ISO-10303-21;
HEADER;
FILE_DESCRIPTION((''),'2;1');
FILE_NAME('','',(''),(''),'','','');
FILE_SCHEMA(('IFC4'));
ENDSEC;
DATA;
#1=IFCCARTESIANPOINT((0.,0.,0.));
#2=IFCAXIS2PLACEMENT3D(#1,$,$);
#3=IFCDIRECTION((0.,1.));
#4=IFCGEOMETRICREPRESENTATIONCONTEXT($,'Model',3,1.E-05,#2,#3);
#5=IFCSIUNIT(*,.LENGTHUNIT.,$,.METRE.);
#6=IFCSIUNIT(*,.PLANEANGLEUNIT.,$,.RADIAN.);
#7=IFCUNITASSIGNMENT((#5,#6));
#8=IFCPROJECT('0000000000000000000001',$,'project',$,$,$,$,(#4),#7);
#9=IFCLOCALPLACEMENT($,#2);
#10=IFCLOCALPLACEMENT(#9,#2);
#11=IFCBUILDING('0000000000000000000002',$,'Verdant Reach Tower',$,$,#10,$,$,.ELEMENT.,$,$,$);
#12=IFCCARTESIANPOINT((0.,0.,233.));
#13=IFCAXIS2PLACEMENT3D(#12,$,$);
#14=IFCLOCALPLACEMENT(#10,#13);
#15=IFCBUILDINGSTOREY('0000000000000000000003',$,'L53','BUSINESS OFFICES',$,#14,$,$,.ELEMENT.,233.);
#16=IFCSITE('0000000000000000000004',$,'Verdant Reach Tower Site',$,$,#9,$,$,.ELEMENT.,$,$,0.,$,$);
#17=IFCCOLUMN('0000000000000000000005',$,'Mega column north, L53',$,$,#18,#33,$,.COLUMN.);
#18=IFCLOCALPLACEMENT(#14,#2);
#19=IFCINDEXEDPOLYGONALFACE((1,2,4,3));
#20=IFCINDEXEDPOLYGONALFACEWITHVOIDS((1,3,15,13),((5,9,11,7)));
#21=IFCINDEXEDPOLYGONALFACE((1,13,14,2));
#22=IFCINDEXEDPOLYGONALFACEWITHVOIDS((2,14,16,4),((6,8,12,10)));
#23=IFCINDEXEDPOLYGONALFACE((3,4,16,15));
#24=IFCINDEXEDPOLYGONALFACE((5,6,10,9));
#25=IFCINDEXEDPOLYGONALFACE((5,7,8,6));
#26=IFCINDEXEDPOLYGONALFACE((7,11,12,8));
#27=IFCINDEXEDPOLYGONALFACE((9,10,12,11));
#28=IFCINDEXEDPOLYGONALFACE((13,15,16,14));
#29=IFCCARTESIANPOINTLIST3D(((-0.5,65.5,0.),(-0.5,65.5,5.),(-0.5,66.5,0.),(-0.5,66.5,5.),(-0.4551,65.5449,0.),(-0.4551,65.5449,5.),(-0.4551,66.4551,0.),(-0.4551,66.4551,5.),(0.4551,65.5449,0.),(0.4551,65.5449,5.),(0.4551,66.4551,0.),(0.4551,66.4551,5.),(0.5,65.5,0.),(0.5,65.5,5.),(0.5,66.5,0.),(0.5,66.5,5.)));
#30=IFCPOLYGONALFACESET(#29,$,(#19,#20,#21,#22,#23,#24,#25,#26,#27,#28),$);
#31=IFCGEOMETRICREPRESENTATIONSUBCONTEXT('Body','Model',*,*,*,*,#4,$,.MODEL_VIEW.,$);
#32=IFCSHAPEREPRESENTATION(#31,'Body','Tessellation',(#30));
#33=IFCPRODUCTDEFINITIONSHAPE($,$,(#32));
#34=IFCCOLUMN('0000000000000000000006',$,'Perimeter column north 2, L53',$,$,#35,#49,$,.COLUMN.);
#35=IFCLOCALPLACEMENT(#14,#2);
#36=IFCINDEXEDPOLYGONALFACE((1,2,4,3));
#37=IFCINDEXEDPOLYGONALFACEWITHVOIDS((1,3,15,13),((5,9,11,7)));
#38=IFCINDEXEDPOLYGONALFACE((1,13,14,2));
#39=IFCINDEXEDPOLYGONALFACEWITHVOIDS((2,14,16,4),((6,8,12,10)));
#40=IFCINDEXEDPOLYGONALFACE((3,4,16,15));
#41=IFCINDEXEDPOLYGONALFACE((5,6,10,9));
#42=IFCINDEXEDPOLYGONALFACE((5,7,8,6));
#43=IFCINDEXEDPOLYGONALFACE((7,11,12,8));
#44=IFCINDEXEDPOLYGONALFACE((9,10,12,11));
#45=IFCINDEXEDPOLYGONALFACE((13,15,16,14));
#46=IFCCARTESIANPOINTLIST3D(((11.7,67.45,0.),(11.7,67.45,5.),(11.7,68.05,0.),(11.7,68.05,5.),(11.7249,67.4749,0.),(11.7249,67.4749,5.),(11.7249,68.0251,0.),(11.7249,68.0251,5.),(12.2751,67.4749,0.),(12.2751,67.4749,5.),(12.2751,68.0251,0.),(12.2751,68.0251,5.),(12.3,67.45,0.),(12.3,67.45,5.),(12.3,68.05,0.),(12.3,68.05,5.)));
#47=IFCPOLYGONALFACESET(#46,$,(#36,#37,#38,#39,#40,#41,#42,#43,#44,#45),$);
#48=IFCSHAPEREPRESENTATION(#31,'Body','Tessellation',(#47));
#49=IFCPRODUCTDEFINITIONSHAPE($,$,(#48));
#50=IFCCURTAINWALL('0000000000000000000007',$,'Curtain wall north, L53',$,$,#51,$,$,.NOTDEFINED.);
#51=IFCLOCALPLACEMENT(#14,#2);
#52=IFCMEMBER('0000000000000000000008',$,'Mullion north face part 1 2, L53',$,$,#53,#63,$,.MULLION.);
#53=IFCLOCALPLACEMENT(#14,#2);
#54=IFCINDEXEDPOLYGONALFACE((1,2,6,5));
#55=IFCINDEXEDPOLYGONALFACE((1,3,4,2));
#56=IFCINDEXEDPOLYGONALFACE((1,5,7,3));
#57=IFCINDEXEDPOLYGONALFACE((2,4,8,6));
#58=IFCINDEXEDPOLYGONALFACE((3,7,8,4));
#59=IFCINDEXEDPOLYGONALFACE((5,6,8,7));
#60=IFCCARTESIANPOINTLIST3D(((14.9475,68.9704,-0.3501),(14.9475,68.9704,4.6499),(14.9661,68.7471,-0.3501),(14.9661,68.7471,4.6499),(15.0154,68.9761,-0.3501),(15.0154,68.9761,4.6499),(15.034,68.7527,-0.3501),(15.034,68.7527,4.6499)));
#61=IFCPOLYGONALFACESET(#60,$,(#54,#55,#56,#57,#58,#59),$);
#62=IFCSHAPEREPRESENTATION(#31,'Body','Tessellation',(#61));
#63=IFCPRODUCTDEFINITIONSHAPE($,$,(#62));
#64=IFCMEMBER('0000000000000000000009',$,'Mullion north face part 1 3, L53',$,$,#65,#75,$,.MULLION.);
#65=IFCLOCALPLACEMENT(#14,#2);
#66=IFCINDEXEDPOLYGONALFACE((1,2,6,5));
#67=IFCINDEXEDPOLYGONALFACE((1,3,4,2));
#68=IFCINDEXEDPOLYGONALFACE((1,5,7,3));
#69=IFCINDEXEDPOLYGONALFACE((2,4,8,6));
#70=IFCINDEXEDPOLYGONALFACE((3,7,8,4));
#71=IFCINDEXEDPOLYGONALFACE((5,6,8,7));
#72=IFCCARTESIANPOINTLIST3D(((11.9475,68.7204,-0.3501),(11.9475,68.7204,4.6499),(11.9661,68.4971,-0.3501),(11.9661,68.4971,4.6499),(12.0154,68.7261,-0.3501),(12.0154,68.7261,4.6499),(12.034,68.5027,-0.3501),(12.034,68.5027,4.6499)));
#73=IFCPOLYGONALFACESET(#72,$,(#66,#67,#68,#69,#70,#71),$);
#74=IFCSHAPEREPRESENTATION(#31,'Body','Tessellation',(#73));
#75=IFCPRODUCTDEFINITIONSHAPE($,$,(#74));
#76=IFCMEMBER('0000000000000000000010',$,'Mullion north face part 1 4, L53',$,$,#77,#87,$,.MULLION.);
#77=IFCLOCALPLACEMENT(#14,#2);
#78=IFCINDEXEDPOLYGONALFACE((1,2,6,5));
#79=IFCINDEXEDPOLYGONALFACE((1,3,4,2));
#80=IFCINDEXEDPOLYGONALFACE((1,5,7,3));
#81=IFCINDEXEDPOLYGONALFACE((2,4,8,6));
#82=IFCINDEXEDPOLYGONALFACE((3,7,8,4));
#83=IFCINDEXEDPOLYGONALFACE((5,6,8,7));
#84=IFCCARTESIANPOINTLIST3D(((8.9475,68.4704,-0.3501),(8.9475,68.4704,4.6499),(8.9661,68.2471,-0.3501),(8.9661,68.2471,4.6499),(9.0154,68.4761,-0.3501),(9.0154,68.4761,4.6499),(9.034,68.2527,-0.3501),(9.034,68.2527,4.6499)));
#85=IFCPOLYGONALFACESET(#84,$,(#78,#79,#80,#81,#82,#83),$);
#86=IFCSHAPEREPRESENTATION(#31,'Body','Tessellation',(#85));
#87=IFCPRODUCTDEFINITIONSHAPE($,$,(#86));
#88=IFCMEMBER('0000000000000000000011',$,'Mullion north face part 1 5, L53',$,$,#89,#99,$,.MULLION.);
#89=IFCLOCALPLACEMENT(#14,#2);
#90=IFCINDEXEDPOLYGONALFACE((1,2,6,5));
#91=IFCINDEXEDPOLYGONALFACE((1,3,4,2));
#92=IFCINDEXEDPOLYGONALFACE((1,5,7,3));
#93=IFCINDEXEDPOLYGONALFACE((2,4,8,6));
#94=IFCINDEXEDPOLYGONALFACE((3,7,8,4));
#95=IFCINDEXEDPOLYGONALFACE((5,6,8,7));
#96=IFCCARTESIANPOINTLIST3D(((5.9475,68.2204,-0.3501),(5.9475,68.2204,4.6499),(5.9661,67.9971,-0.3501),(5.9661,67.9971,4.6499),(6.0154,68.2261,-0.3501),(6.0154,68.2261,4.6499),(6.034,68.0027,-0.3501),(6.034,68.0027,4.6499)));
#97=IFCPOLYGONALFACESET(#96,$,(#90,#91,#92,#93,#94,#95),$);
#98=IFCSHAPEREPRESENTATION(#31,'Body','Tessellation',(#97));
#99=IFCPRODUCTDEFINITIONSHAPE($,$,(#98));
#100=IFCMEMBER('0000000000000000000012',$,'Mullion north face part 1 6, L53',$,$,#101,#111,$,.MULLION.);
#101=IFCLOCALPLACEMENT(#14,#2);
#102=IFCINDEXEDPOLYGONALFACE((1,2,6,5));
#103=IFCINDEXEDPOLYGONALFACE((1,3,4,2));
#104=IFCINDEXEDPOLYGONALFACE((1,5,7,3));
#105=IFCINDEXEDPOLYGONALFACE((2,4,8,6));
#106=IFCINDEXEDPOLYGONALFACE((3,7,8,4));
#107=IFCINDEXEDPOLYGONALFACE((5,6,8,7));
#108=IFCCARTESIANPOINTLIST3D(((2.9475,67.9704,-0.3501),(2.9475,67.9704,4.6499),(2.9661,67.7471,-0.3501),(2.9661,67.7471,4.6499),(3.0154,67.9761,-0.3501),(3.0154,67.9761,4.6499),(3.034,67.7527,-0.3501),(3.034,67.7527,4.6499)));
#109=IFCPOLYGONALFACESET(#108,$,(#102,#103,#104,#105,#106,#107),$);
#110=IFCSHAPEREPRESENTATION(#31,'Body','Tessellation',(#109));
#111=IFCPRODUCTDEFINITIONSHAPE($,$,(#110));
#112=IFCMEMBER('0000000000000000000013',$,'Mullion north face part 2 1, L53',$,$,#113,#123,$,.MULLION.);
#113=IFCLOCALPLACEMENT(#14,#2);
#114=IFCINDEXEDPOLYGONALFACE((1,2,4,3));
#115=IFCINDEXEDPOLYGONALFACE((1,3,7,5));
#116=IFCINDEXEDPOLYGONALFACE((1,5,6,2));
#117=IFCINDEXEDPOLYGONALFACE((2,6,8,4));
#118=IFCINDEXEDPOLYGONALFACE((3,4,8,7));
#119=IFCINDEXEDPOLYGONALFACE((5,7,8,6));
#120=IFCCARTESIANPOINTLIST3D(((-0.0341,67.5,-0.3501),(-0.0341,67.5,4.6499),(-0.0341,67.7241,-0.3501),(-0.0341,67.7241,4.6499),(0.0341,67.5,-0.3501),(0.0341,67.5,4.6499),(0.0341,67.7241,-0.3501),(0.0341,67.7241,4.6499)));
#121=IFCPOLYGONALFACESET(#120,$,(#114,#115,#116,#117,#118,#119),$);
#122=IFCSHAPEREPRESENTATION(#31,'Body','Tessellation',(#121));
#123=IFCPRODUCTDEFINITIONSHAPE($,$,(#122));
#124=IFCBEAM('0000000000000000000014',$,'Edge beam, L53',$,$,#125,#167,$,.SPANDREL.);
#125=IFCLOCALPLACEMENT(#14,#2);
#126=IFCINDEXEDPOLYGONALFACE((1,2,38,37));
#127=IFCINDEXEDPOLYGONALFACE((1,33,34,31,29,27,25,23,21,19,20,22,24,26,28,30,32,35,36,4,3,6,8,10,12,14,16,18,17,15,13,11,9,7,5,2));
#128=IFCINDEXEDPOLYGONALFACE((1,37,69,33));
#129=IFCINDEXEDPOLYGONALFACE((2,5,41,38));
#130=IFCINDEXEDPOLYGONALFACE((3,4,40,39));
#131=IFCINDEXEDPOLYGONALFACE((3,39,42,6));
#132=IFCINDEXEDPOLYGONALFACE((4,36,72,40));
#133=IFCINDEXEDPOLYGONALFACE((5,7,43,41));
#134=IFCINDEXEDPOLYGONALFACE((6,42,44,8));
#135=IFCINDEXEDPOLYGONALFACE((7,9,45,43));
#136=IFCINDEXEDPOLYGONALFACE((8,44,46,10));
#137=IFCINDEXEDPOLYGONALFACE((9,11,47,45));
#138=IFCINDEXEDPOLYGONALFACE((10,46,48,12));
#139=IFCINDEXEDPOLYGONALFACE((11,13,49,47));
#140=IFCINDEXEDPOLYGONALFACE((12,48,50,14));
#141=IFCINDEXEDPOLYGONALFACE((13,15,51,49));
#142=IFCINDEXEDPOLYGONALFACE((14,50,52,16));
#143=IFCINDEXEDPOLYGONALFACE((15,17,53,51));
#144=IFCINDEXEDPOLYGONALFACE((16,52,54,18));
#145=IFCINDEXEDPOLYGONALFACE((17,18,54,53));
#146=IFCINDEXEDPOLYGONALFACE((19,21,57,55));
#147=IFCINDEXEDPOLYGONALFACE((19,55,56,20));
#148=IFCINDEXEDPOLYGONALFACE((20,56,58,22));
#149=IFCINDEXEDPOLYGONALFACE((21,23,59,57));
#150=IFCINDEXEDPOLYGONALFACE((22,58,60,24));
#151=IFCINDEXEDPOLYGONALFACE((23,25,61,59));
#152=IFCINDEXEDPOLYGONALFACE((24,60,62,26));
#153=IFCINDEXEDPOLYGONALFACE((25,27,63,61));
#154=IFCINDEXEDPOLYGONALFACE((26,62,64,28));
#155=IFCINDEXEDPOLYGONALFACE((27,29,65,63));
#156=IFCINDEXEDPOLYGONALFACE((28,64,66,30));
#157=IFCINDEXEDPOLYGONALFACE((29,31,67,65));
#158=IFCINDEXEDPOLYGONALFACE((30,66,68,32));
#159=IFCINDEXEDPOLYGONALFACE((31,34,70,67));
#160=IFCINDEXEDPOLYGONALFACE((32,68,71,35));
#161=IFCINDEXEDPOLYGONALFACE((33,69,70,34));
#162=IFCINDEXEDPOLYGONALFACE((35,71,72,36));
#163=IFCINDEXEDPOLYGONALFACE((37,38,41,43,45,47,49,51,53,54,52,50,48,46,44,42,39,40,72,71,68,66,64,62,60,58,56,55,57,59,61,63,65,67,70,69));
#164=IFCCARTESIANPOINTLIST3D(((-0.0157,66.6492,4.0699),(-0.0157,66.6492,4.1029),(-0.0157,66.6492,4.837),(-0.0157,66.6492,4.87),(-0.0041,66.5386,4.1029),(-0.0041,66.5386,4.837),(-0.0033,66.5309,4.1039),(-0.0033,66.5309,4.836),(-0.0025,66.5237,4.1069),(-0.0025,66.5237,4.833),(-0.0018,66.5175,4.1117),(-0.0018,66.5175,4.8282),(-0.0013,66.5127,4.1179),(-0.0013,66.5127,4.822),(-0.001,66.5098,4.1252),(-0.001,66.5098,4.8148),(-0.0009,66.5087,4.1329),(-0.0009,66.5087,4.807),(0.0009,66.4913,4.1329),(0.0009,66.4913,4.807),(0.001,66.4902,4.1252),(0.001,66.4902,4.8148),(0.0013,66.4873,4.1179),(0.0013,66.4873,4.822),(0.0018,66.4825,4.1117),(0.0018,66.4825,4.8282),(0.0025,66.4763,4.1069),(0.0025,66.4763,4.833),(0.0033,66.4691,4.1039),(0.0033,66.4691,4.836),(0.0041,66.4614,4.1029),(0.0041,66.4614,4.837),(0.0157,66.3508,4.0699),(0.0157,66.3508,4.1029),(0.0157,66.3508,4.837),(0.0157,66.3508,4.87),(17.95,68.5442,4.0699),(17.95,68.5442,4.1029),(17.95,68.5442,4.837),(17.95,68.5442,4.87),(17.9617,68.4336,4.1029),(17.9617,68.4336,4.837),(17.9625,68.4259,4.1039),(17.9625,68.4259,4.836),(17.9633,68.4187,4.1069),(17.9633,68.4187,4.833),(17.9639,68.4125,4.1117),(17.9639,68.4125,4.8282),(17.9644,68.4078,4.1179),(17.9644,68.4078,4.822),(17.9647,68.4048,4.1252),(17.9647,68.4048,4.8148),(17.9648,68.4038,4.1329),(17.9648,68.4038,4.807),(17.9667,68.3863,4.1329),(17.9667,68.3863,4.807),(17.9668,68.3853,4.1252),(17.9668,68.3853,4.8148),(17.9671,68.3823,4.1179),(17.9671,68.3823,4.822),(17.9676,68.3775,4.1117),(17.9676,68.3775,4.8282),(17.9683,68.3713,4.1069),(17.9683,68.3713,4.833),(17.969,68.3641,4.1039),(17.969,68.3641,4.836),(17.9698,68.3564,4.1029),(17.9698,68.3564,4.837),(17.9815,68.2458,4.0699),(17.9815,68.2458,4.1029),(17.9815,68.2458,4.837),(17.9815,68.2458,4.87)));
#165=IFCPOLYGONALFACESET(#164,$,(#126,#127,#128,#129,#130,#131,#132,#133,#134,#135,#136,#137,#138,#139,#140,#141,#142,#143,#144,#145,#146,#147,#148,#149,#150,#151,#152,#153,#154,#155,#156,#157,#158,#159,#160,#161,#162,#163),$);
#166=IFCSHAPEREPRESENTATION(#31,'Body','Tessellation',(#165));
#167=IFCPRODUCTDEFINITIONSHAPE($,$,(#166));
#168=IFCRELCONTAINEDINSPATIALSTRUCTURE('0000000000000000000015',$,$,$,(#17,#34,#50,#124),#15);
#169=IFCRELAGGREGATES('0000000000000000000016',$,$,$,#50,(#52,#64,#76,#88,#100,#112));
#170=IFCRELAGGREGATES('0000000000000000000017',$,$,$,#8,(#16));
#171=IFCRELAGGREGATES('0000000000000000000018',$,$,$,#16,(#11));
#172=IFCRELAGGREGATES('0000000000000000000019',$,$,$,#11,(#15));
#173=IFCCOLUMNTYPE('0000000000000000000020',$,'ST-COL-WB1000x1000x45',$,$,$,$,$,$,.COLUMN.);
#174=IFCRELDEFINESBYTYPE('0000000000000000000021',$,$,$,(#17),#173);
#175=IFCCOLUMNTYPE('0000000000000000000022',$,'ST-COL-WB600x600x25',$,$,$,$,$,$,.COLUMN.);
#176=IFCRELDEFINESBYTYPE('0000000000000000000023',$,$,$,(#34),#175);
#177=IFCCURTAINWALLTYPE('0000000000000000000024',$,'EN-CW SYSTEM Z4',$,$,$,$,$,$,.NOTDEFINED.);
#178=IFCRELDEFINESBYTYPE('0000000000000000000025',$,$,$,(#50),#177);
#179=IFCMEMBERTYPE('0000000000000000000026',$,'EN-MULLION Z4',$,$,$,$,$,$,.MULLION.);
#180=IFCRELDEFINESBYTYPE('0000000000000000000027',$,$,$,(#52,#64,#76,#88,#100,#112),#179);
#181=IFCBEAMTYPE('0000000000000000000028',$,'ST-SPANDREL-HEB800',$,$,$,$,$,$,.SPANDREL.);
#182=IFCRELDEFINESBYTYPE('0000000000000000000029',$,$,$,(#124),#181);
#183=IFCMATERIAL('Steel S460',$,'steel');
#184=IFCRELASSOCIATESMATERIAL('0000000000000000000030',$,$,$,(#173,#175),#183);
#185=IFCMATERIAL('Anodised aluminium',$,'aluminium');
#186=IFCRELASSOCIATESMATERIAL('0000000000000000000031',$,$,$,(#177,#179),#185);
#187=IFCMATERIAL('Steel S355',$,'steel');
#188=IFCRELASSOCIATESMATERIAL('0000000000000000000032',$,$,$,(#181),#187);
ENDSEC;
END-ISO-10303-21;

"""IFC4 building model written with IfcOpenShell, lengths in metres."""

from ifc_helpers import new_model, si_unit, direction, frame, origin, origin_2d, place, context, subcontext, project, spatial, rectangle, hollow_rectangle, i_section, extrude, material, material_profile, profile_set, type_object, element, aggregate, save


model = new_model("IFC4")

# Units and contexts
model_context = context("Model", 3, precision=1e-05, world=origin(), true_north=direction((0.0, 1.0)))
body_context = subcontext(model_context, "Body", "Model", "MODEL_VIEW")
ifc_project = project(units=[si_unit("LENGTHUNIT", "METRE"), si_unit("PLANEANGLEUNIT", "RADIAN")], contexts=[model_context])

# Site, building, storey
site_placement = place(None, origin())
site = spatial("IfcSite", under=ifc_project, at=site_placement, Name="Verdant Reach Tower Site", CompositionType="ELEMENT", RefElevation=0.0)
building_placement = place(site_placement, origin())
building = spatial("IfcBuilding", under=site, at=building_placement, Name="Verdant Reach Tower", CompositionType="ELEMENT")
storey_placement = place(building_placement, frame((0.0, 0.0, 233.0)))
storey = spatial("IfcBuildingStorey", under=building, at=storey_placement, Name="L53", Description="BUSINESS OFFICES", CompositionType="ELEMENT", Elevation=233.0)

# Columns
ifc_material_1 = material(Name="Steel S460", Category="steel")
ifc_material_profile_1 = material_profile(ifc_material_1, hollow_rectangle(XDim=1.0, YDim=1.0, WallThickness=0.0449, at=origin_2d()), Name="WB 1000x1000x45")
ifc_profile_set_1 = profile_set([ifc_material_profile_1], Name="Steel S460")
column_type_1 = type_object("IfcColumnType", Name="ST-COL-WB1000x1000x45", PredefinedType="COLUMN", material=ifc_profile_set_1)
column_1_placement = place(storey_placement, frame((0.0, 66.0, 0.0), z_axis=(0.0, 0.0, 1.0), x_axis=(1.0, 0.0, 0.0)))
element("IfcColumn", 1, at=column_1_placement, inside=storey, type_object=column_type_1, Name="Mega column north, L53", PredefinedType="COLUMN", context=body_context, shape_type="SweptSolid", body=[
    extrude(hollow_rectangle(XDim=1.0, YDim=1.0, WallThickness=0.0449, at=origin_2d()), origin(), (0.0, 0.0, 1.0), 5.0),
])
ifc_material_profile_2 = material_profile(ifc_material_1, hollow_rectangle(XDim=0.6001, YDim=0.6001, WallThickness=0.0249, at=origin_2d()), Name="WB 600x600x25")
ifc_profile_set_2 = profile_set([ifc_material_profile_2], Name="Steel S460")
column_type_2 = type_object("IfcColumnType", Name="ST-COL-WB600x600x25", PredefinedType="COLUMN", material=ifc_profile_set_2)
column_2_placement = place(storey_placement, frame((12.0, 67.75, 0.0), z_axis=(0.0, 0.0, 1.0), x_axis=(1.0, 0.0, 0.0)))
element("IfcColumn", 2, at=column_2_placement, inside=storey, type_object=column_type_2, Name="Perimeter column north 2, L53", PredefinedType="COLUMN", context=body_context, shape_type="SweptSolid", body=[
    extrude(hollow_rectangle(XDim=0.6001, YDim=0.6001, WallThickness=0.0249, at=origin_2d()), origin(), (0.0, 0.0, 1.0), 5.0),
])

# Curtain wall, members
ifc_material_2 = material(Name="Anodised aluminium", Category="aluminium")
curtain_wall_type = type_object("IfcCurtainWallType", Name="EN-CW SYSTEM Z4", PredefinedType="NOTDEFINED", material=ifc_material_2)
curtain_wall_placement = place(storey_placement, origin())
curtain_wall = element("IfcCurtainWall", 3, at=curtain_wall_placement, inside=storey, type_object=curtain_wall_type, Name="Curtain wall north, L53", PredefinedType="NOTDEFINED")
ifc_material_profile_3 = material_profile(ifc_material_2, rectangle(XDim=0.2241, YDim=0.0681, at=origin_2d()), Name="Mullion 68x224")
ifc_profile_set_3 = profile_set([ifc_material_profile_3], Name="Anodised aluminium")
member_type = type_object("IfcMemberType", Name="EN-MULLION Z4", PredefinedType="MULLION", material=ifc_profile_set_3)
member_1_placement = place(storey_placement, frame((14.9907, 68.8616, -0.3501), z_axis=(0.0, 0.0, 1.0), x_axis=(-0.083045, 0.996546, 0.0)))
member_1 = element("IfcMember", 4, at=member_1_placement, type_object=member_type, Name="Mullion north face part 1 2, L53", PredefinedType="MULLION", context=body_context, shape_type="SweptSolid", body=[
    extrude(rectangle(XDim=0.2241, YDim=0.0681, at=origin_2d()), origin(), (0.0, 0.0, 1.0), 5.0),
])
member_2_placement = place(storey_placement, frame((11.9907, 68.6116, -0.3501), z_axis=(0.0, 0.0, 1.0), x_axis=(-0.083045, 0.996546, 0.0)))
member_2 = element("IfcMember", 5, at=member_2_placement, type_object=member_type, Name="Mullion north face part 1 3, L53", PredefinedType="MULLION", context=body_context, shape_type="SweptSolid", body=[
    extrude(rectangle(XDim=0.2241, YDim=0.0681, at=origin_2d()), origin(), (0.0, 0.0, 1.0), 5.0),
])
member_3_placement = place(storey_placement, frame((8.9907, 68.3616, -0.3501), z_axis=(0.0, 0.0, 1.0), x_axis=(-0.083045, 0.996546, 0.0)))
member_3 = element("IfcMember", 6, at=member_3_placement, type_object=member_type, Name="Mullion north face part 1 4, L53", PredefinedType="MULLION", context=body_context, shape_type="SweptSolid", body=[
    extrude(rectangle(XDim=0.2241, YDim=0.0681, at=origin_2d()), origin(), (0.0, 0.0, 1.0), 5.0),
])
member_4_placement = place(storey_placement, frame((5.9907, 68.1116, -0.3501), z_axis=(0.0, 0.0, 1.0), x_axis=(-0.083045, 0.996546, 0.0)))
member_4 = element("IfcMember", 7, at=member_4_placement, type_object=member_type, Name="Mullion north face part 1 5, L53", PredefinedType="MULLION", context=body_context, shape_type="SweptSolid", body=[
    extrude(rectangle(XDim=0.2241, YDim=0.0681, at=origin_2d()), origin(), (0.0, 0.0, 1.0), 5.0),
])
member_5_placement = place(storey_placement, frame((2.9907, 67.8616, -0.3501), z_axis=(0.0, 0.0, 1.0), x_axis=(-0.083045, 0.996546, 0.0)))
member_5 = element("IfcMember", 8, at=member_5_placement, type_object=member_type, Name="Mullion north face part 1 6, L53", PredefinedType="MULLION", context=body_context, shape_type="SweptSolid", body=[
    extrude(rectangle(XDim=0.2241, YDim=0.0681, at=origin_2d()), origin(), (0.0, 0.0, 1.0), 5.0),
])
member_6_placement = place(storey_placement, frame((0.0, 67.6121, -0.3501), z_axis=(0.0, 0.0, 1.0), x_axis=(0.0, 1.0, 0.0)))
member_6 = element("IfcMember", 9, at=member_6_placement, type_object=member_type, Name="Mullion north face part 2 1, L53", PredefinedType="MULLION", context=body_context, shape_type="SweptSolid", body=[
    extrude(rectangle(XDim=0.2241, YDim=0.0681, at=origin_2d()), origin(), (0.0, 0.0, 1.0), 5.0),
])

# Beam
ifc_material_3 = material(Name="Steel S355", Category="steel")
ifc_material_profile_4 = material_profile(ifc_material_3, i_section(OverallWidth=0.3, OverallDepth=0.8, WebThickness=0.0176, FlangeThickness=0.033, FilletRadius=0.03, at=origin_2d()), Name="HEB 800")
ifc_profile_set_4 = profile_set([ifc_material_profile_4], Name="Steel S355")
beam_type_1 = type_object("IfcBeamType", Name="ST-SPANDREL-HEB800", PredefinedType="SPANDREL", material=ifc_profile_set_4)
beam_1_placement = place(storey_placement, frame((0.0, 66.5, 4.47), z_axis=(0.994483, 0.104897, 0.0), x_axis=(-0.104897, 0.994483, 0.0)))
element("IfcBeam", 10, at=beam_1_placement, inside=storey, type_object=beam_type_1, Name="Edge beam, L53", PredefinedType="SPANDREL", context=body_context, shape_type="SweptSolid", body=[
    extrude(i_section(OverallWidth=0.3, OverallDepth=0.8, WebThickness=0.0176, FlangeThickness=0.033, FilletRadius=0.03, at=origin_2d()), origin(), (0.0, 0.0, 1.0), 18.0654),
])

aggregate(curtain_wall, [member_1, member_2, member_3, member_4, member_5, member_6])

save(model, "model.ifc")
